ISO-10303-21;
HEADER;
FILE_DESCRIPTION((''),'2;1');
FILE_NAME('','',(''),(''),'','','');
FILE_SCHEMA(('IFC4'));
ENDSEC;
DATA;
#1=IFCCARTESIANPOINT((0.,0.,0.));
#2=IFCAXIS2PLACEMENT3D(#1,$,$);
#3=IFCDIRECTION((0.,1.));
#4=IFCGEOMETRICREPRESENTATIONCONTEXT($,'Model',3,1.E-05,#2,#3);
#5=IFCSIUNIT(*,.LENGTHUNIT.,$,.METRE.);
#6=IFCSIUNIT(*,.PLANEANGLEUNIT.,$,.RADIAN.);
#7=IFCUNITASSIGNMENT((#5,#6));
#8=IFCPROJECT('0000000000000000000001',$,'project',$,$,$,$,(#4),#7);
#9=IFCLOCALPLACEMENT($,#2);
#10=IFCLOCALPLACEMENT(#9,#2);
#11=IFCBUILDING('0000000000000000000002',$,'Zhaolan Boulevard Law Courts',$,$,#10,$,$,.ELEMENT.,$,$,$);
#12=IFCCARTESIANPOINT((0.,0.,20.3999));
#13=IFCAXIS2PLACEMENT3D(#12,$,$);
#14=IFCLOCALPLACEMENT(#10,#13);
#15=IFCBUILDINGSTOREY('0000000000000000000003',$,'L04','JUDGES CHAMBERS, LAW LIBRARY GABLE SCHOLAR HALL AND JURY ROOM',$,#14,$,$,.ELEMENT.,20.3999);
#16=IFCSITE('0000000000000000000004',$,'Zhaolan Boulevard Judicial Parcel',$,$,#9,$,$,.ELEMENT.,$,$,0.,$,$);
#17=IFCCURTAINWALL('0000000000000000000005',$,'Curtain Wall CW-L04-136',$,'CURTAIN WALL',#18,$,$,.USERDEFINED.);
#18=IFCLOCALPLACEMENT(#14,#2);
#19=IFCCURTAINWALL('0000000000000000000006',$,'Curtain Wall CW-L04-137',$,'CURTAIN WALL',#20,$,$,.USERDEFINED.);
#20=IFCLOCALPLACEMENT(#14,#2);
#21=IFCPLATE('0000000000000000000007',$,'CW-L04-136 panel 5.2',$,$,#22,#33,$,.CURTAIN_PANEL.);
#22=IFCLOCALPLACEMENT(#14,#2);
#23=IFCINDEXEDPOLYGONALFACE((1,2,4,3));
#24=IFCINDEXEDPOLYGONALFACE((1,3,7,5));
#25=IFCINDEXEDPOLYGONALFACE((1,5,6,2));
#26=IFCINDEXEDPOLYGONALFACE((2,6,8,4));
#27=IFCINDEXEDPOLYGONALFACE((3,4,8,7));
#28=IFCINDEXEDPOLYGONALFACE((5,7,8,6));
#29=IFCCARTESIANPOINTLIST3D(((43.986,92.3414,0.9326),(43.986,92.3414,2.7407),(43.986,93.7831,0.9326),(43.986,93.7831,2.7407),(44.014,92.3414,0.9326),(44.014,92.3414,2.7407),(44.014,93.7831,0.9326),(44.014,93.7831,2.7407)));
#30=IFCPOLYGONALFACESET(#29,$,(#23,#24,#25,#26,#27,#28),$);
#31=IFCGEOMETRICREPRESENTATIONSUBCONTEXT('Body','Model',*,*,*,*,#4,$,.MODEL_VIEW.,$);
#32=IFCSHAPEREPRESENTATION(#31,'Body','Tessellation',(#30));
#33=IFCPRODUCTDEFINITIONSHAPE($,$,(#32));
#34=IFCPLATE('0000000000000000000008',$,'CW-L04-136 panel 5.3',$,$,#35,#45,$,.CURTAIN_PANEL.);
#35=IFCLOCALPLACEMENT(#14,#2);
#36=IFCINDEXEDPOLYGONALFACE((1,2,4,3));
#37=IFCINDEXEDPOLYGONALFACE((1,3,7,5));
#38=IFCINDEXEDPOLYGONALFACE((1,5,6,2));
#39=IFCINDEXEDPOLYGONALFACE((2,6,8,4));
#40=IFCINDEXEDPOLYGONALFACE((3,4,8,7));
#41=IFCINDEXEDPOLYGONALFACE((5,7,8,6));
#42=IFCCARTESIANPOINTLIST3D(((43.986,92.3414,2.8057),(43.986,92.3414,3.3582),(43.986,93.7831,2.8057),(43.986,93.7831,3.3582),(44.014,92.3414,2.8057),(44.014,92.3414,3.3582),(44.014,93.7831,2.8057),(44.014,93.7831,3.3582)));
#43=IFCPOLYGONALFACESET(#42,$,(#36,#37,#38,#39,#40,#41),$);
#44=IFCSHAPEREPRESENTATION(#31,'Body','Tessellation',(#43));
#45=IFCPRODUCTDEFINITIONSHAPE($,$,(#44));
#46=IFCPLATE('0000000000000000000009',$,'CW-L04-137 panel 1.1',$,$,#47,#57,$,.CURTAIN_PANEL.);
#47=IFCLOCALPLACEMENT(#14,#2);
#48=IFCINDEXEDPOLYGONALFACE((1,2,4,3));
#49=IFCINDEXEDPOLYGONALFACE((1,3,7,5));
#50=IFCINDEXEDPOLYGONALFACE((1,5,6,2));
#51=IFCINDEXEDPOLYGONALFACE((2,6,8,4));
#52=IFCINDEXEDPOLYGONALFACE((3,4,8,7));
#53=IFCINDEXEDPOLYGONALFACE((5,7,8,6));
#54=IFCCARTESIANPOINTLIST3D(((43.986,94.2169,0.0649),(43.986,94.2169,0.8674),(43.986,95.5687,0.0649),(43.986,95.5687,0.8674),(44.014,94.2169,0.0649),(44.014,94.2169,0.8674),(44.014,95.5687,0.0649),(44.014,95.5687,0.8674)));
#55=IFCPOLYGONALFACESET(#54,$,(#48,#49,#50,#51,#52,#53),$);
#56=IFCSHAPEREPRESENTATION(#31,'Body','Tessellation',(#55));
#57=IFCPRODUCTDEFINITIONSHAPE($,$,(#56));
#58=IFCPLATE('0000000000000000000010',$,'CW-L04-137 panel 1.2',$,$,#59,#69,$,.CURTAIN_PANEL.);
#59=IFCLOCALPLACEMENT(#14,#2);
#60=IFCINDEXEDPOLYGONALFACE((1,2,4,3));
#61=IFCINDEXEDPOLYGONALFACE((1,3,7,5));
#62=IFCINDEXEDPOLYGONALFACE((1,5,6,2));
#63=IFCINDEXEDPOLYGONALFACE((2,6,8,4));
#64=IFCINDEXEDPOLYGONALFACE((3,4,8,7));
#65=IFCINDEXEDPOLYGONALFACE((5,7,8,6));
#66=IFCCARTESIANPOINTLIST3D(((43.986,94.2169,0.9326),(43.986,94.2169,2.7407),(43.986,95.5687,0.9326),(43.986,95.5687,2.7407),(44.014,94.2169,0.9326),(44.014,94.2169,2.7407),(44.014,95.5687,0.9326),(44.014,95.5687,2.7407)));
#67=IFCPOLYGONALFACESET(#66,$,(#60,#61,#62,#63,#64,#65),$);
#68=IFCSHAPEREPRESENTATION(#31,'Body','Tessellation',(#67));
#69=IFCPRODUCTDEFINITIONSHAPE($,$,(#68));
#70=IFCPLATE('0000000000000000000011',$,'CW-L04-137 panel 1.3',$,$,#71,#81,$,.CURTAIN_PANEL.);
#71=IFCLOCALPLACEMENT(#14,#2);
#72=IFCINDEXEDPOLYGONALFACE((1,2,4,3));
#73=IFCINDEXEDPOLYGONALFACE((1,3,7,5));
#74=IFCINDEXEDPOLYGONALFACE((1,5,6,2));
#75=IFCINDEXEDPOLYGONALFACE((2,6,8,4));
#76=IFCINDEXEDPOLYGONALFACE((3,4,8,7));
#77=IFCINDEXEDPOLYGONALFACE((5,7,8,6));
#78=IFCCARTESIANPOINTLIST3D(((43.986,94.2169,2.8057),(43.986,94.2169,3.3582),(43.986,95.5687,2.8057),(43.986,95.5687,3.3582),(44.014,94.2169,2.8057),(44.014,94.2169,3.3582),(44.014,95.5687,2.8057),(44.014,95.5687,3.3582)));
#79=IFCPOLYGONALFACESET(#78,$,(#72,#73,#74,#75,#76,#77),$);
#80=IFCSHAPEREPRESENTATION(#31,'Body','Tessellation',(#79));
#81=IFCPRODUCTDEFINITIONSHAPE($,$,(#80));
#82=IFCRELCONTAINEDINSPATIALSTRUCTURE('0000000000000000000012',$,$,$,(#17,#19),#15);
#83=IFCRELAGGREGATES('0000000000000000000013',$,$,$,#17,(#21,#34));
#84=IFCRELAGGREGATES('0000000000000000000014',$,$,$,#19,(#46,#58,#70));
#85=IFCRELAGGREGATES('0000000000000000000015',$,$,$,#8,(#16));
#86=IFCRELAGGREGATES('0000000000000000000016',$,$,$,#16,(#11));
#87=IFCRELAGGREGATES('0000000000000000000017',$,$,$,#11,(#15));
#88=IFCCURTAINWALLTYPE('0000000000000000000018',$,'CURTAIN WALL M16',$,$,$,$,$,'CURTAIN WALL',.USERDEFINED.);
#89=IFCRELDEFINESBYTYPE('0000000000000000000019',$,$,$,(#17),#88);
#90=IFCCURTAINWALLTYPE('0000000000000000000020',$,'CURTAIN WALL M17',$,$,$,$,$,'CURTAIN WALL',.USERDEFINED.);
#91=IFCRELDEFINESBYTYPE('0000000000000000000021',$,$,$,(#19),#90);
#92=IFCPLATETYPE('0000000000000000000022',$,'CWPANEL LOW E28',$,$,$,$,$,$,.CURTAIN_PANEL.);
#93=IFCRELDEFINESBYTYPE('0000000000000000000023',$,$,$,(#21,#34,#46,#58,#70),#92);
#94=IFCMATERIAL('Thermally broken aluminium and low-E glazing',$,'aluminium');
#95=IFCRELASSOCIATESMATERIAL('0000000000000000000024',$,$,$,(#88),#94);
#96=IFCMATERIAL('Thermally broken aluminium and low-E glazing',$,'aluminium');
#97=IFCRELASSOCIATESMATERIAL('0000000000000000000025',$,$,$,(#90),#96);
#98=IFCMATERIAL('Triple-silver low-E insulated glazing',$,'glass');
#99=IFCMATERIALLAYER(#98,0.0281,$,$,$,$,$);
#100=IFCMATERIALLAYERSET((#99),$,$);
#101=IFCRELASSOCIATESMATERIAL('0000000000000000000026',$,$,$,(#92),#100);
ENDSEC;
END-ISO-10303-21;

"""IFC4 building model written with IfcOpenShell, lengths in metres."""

from ifc_helpers import new_model, si_unit, direction, frame, origin, origin_2d, place, context, subcontext, project, spatial, rectangle, extrude, material, layer, layer_set, type_object, element, aggregate, save


model = new_model("IFC4")

# Units and contexts
model_context = context("Model", 3, precision=1e-05, world=origin(), true_north=direction((0.0, 1.0)))
body_context = subcontext(model_context, "Body", "Model", "MODEL_VIEW")
ifc_project = project(units=[si_unit("LENGTHUNIT", "METRE"), si_unit("PLANEANGLEUNIT", "RADIAN")], contexts=[model_context])

# Site, building, storey
site_placement = place(None, origin())
site = spatial("IfcSite", under=ifc_project, at=site_placement, Name="Zhaolan Boulevard Judicial Parcel", CompositionType="ELEMENT", RefElevation=0.0)
building_placement = place(site_placement, origin())
building = spatial("IfcBuilding", under=site, at=building_placement, Name="Zhaolan Boulevard Law Courts", CompositionType="ELEMENT")
storey_placement = place(building_placement, frame((0.0, 0.0, 20.3999)))
storey = spatial("IfcBuildingStorey", under=building, at=storey_placement, Name="L04", Description="JUDGES CHAMBERS, LAW LIBRARY GABLE SCHOLAR HALL AND JURY ROOM", CompositionType="ELEMENT", Elevation=20.3999)

# Curtain walls
ifc_material_1 = material(Name="Thermally broken aluminium and low-E glazing", Category="aluminium")
curtain_wall_type_1 = type_object("IfcCurtainWallType", Name="CURTAIN WALL M16", ElementType="CURTAIN WALL", PredefinedType="USERDEFINED", material=ifc_material_1)
curtain_wall_1_placement = place(storey_placement, origin())
curtain_wall_1 = element("IfcCurtainWall", 1, at=curtain_wall_1_placement, inside=storey, type_object=curtain_wall_type_1, Name="Curtain Wall CW-L04-136", ObjectType="CURTAIN WALL", PredefinedType="USERDEFINED")
ifc_material_2 = material(Name="Thermally broken aluminium and low-E glazing", Category="aluminium")
curtain_wall_type_2 = type_object("IfcCurtainWallType", Name="CURTAIN WALL M17", ElementType="CURTAIN WALL", PredefinedType="USERDEFINED", material=ifc_material_2)
curtain_wall_2_placement = place(storey_placement, origin())
curtain_wall_2 = element("IfcCurtainWall", 2, at=curtain_wall_2_placement, inside=storey, type_object=curtain_wall_type_2, Name="Curtain Wall CW-L04-137", ObjectType="CURTAIN WALL", PredefinedType="USERDEFINED")

# Plates
ifc_material_3 = material(Name="Triple-silver low-E insulated glazing", Category="glass")
ifc_layer = layer(ifc_material_3, 0.0281)
ifc_layer_set = layer_set([ifc_layer])
plate_type = type_object("IfcPlateType", Name="CWPANEL LOW E28", PredefinedType="CURTAIN_PANEL", material=ifc_layer_set)
plate_1_placement = place(storey_placement, frame((44.0, 93.0623, 0.9326), z_axis=(0.0, 0.0, 1.0), x_axis=(0.0, 1.0, 0.0)))
plate_1 = element("IfcPlate", 3, at=plate_1_placement, type_object=plate_type, Name="CW-L04-136 panel 5.2", PredefinedType="CURTAIN_PANEL", context=body_context, shape_type="SweptSolid", body=[
    extrude(rectangle(XDim=1.4417, YDim=0.0281, at=origin_2d()), origin(), (0.0, 0.0, 1.0), 1.8081),
])
plate_2_placement = place(storey_placement, frame((44.0, 93.0623, 2.8057), z_axis=(0.0, 0.0, 1.0), x_axis=(0.0, 1.0, 0.0)))
plate_2 = element("IfcPlate", 4, at=plate_2_placement, type_object=plate_type, Name="CW-L04-136 panel 5.3", PredefinedType="CURTAIN_PANEL", context=body_context, shape_type="SweptSolid", body=[
    extrude(rectangle(XDim=1.4417, YDim=0.0281, at=origin_2d()), origin(), (0.0, 0.0, 1.0), 0.5525),
])
aggregate(curtain_wall_1, [plate_1, plate_2])
plate_3_placement = place(storey_placement, frame((44.0, 94.8928, 0.0649), z_axis=(0.0, 0.0, 1.0), x_axis=(0.0, 1.0, 0.0)))
plate_3 = element("IfcPlate", 5, at=plate_3_placement, type_object=plate_type, Name="CW-L04-137 panel 1.1", PredefinedType="CURTAIN_PANEL", context=body_context, shape_type="SweptSolid", body=[
    extrude(rectangle(XDim=1.3518, YDim=0.0281, at=origin_2d()), origin(), (0.0, 0.0, 1.0), 0.8025),
])
plate_4_placement = place(storey_placement, frame((44.0, 94.8928, 0.9326), z_axis=(0.0, 0.0, 1.0), x_axis=(0.0, 1.0, 0.0)))
plate_4 = element("IfcPlate", 6, at=plate_4_placement, type_object=plate_type, Name="CW-L04-137 panel 1.2", PredefinedType="CURTAIN_PANEL", context=body_context, shape_type="SweptSolid", body=[
    extrude(rectangle(XDim=1.3518, YDim=0.0281, at=origin_2d()), origin(), (0.0, 0.0, 1.0), 1.8081),
])
plate_5_placement = place(storey_placement, frame((44.0, 94.8928, 2.8057), z_axis=(0.0, 0.0, 1.0), x_axis=(0.0, 1.0, 0.0)))
plate_5 = element("IfcPlate", 7, at=plate_5_placement, type_object=plate_type, Name="CW-L04-137 panel 1.3", PredefinedType="CURTAIN_PANEL", context=body_context, shape_type="SweptSolid", body=[
    extrude(rectangle(XDim=1.3518, YDim=0.0281, at=origin_2d()), origin(), (0.0, 0.0, 1.0), 0.5525),
])
aggregate(curtain_wall_2, [plate_3, plate_4, plate_5])

save(model, "model.ifc")
